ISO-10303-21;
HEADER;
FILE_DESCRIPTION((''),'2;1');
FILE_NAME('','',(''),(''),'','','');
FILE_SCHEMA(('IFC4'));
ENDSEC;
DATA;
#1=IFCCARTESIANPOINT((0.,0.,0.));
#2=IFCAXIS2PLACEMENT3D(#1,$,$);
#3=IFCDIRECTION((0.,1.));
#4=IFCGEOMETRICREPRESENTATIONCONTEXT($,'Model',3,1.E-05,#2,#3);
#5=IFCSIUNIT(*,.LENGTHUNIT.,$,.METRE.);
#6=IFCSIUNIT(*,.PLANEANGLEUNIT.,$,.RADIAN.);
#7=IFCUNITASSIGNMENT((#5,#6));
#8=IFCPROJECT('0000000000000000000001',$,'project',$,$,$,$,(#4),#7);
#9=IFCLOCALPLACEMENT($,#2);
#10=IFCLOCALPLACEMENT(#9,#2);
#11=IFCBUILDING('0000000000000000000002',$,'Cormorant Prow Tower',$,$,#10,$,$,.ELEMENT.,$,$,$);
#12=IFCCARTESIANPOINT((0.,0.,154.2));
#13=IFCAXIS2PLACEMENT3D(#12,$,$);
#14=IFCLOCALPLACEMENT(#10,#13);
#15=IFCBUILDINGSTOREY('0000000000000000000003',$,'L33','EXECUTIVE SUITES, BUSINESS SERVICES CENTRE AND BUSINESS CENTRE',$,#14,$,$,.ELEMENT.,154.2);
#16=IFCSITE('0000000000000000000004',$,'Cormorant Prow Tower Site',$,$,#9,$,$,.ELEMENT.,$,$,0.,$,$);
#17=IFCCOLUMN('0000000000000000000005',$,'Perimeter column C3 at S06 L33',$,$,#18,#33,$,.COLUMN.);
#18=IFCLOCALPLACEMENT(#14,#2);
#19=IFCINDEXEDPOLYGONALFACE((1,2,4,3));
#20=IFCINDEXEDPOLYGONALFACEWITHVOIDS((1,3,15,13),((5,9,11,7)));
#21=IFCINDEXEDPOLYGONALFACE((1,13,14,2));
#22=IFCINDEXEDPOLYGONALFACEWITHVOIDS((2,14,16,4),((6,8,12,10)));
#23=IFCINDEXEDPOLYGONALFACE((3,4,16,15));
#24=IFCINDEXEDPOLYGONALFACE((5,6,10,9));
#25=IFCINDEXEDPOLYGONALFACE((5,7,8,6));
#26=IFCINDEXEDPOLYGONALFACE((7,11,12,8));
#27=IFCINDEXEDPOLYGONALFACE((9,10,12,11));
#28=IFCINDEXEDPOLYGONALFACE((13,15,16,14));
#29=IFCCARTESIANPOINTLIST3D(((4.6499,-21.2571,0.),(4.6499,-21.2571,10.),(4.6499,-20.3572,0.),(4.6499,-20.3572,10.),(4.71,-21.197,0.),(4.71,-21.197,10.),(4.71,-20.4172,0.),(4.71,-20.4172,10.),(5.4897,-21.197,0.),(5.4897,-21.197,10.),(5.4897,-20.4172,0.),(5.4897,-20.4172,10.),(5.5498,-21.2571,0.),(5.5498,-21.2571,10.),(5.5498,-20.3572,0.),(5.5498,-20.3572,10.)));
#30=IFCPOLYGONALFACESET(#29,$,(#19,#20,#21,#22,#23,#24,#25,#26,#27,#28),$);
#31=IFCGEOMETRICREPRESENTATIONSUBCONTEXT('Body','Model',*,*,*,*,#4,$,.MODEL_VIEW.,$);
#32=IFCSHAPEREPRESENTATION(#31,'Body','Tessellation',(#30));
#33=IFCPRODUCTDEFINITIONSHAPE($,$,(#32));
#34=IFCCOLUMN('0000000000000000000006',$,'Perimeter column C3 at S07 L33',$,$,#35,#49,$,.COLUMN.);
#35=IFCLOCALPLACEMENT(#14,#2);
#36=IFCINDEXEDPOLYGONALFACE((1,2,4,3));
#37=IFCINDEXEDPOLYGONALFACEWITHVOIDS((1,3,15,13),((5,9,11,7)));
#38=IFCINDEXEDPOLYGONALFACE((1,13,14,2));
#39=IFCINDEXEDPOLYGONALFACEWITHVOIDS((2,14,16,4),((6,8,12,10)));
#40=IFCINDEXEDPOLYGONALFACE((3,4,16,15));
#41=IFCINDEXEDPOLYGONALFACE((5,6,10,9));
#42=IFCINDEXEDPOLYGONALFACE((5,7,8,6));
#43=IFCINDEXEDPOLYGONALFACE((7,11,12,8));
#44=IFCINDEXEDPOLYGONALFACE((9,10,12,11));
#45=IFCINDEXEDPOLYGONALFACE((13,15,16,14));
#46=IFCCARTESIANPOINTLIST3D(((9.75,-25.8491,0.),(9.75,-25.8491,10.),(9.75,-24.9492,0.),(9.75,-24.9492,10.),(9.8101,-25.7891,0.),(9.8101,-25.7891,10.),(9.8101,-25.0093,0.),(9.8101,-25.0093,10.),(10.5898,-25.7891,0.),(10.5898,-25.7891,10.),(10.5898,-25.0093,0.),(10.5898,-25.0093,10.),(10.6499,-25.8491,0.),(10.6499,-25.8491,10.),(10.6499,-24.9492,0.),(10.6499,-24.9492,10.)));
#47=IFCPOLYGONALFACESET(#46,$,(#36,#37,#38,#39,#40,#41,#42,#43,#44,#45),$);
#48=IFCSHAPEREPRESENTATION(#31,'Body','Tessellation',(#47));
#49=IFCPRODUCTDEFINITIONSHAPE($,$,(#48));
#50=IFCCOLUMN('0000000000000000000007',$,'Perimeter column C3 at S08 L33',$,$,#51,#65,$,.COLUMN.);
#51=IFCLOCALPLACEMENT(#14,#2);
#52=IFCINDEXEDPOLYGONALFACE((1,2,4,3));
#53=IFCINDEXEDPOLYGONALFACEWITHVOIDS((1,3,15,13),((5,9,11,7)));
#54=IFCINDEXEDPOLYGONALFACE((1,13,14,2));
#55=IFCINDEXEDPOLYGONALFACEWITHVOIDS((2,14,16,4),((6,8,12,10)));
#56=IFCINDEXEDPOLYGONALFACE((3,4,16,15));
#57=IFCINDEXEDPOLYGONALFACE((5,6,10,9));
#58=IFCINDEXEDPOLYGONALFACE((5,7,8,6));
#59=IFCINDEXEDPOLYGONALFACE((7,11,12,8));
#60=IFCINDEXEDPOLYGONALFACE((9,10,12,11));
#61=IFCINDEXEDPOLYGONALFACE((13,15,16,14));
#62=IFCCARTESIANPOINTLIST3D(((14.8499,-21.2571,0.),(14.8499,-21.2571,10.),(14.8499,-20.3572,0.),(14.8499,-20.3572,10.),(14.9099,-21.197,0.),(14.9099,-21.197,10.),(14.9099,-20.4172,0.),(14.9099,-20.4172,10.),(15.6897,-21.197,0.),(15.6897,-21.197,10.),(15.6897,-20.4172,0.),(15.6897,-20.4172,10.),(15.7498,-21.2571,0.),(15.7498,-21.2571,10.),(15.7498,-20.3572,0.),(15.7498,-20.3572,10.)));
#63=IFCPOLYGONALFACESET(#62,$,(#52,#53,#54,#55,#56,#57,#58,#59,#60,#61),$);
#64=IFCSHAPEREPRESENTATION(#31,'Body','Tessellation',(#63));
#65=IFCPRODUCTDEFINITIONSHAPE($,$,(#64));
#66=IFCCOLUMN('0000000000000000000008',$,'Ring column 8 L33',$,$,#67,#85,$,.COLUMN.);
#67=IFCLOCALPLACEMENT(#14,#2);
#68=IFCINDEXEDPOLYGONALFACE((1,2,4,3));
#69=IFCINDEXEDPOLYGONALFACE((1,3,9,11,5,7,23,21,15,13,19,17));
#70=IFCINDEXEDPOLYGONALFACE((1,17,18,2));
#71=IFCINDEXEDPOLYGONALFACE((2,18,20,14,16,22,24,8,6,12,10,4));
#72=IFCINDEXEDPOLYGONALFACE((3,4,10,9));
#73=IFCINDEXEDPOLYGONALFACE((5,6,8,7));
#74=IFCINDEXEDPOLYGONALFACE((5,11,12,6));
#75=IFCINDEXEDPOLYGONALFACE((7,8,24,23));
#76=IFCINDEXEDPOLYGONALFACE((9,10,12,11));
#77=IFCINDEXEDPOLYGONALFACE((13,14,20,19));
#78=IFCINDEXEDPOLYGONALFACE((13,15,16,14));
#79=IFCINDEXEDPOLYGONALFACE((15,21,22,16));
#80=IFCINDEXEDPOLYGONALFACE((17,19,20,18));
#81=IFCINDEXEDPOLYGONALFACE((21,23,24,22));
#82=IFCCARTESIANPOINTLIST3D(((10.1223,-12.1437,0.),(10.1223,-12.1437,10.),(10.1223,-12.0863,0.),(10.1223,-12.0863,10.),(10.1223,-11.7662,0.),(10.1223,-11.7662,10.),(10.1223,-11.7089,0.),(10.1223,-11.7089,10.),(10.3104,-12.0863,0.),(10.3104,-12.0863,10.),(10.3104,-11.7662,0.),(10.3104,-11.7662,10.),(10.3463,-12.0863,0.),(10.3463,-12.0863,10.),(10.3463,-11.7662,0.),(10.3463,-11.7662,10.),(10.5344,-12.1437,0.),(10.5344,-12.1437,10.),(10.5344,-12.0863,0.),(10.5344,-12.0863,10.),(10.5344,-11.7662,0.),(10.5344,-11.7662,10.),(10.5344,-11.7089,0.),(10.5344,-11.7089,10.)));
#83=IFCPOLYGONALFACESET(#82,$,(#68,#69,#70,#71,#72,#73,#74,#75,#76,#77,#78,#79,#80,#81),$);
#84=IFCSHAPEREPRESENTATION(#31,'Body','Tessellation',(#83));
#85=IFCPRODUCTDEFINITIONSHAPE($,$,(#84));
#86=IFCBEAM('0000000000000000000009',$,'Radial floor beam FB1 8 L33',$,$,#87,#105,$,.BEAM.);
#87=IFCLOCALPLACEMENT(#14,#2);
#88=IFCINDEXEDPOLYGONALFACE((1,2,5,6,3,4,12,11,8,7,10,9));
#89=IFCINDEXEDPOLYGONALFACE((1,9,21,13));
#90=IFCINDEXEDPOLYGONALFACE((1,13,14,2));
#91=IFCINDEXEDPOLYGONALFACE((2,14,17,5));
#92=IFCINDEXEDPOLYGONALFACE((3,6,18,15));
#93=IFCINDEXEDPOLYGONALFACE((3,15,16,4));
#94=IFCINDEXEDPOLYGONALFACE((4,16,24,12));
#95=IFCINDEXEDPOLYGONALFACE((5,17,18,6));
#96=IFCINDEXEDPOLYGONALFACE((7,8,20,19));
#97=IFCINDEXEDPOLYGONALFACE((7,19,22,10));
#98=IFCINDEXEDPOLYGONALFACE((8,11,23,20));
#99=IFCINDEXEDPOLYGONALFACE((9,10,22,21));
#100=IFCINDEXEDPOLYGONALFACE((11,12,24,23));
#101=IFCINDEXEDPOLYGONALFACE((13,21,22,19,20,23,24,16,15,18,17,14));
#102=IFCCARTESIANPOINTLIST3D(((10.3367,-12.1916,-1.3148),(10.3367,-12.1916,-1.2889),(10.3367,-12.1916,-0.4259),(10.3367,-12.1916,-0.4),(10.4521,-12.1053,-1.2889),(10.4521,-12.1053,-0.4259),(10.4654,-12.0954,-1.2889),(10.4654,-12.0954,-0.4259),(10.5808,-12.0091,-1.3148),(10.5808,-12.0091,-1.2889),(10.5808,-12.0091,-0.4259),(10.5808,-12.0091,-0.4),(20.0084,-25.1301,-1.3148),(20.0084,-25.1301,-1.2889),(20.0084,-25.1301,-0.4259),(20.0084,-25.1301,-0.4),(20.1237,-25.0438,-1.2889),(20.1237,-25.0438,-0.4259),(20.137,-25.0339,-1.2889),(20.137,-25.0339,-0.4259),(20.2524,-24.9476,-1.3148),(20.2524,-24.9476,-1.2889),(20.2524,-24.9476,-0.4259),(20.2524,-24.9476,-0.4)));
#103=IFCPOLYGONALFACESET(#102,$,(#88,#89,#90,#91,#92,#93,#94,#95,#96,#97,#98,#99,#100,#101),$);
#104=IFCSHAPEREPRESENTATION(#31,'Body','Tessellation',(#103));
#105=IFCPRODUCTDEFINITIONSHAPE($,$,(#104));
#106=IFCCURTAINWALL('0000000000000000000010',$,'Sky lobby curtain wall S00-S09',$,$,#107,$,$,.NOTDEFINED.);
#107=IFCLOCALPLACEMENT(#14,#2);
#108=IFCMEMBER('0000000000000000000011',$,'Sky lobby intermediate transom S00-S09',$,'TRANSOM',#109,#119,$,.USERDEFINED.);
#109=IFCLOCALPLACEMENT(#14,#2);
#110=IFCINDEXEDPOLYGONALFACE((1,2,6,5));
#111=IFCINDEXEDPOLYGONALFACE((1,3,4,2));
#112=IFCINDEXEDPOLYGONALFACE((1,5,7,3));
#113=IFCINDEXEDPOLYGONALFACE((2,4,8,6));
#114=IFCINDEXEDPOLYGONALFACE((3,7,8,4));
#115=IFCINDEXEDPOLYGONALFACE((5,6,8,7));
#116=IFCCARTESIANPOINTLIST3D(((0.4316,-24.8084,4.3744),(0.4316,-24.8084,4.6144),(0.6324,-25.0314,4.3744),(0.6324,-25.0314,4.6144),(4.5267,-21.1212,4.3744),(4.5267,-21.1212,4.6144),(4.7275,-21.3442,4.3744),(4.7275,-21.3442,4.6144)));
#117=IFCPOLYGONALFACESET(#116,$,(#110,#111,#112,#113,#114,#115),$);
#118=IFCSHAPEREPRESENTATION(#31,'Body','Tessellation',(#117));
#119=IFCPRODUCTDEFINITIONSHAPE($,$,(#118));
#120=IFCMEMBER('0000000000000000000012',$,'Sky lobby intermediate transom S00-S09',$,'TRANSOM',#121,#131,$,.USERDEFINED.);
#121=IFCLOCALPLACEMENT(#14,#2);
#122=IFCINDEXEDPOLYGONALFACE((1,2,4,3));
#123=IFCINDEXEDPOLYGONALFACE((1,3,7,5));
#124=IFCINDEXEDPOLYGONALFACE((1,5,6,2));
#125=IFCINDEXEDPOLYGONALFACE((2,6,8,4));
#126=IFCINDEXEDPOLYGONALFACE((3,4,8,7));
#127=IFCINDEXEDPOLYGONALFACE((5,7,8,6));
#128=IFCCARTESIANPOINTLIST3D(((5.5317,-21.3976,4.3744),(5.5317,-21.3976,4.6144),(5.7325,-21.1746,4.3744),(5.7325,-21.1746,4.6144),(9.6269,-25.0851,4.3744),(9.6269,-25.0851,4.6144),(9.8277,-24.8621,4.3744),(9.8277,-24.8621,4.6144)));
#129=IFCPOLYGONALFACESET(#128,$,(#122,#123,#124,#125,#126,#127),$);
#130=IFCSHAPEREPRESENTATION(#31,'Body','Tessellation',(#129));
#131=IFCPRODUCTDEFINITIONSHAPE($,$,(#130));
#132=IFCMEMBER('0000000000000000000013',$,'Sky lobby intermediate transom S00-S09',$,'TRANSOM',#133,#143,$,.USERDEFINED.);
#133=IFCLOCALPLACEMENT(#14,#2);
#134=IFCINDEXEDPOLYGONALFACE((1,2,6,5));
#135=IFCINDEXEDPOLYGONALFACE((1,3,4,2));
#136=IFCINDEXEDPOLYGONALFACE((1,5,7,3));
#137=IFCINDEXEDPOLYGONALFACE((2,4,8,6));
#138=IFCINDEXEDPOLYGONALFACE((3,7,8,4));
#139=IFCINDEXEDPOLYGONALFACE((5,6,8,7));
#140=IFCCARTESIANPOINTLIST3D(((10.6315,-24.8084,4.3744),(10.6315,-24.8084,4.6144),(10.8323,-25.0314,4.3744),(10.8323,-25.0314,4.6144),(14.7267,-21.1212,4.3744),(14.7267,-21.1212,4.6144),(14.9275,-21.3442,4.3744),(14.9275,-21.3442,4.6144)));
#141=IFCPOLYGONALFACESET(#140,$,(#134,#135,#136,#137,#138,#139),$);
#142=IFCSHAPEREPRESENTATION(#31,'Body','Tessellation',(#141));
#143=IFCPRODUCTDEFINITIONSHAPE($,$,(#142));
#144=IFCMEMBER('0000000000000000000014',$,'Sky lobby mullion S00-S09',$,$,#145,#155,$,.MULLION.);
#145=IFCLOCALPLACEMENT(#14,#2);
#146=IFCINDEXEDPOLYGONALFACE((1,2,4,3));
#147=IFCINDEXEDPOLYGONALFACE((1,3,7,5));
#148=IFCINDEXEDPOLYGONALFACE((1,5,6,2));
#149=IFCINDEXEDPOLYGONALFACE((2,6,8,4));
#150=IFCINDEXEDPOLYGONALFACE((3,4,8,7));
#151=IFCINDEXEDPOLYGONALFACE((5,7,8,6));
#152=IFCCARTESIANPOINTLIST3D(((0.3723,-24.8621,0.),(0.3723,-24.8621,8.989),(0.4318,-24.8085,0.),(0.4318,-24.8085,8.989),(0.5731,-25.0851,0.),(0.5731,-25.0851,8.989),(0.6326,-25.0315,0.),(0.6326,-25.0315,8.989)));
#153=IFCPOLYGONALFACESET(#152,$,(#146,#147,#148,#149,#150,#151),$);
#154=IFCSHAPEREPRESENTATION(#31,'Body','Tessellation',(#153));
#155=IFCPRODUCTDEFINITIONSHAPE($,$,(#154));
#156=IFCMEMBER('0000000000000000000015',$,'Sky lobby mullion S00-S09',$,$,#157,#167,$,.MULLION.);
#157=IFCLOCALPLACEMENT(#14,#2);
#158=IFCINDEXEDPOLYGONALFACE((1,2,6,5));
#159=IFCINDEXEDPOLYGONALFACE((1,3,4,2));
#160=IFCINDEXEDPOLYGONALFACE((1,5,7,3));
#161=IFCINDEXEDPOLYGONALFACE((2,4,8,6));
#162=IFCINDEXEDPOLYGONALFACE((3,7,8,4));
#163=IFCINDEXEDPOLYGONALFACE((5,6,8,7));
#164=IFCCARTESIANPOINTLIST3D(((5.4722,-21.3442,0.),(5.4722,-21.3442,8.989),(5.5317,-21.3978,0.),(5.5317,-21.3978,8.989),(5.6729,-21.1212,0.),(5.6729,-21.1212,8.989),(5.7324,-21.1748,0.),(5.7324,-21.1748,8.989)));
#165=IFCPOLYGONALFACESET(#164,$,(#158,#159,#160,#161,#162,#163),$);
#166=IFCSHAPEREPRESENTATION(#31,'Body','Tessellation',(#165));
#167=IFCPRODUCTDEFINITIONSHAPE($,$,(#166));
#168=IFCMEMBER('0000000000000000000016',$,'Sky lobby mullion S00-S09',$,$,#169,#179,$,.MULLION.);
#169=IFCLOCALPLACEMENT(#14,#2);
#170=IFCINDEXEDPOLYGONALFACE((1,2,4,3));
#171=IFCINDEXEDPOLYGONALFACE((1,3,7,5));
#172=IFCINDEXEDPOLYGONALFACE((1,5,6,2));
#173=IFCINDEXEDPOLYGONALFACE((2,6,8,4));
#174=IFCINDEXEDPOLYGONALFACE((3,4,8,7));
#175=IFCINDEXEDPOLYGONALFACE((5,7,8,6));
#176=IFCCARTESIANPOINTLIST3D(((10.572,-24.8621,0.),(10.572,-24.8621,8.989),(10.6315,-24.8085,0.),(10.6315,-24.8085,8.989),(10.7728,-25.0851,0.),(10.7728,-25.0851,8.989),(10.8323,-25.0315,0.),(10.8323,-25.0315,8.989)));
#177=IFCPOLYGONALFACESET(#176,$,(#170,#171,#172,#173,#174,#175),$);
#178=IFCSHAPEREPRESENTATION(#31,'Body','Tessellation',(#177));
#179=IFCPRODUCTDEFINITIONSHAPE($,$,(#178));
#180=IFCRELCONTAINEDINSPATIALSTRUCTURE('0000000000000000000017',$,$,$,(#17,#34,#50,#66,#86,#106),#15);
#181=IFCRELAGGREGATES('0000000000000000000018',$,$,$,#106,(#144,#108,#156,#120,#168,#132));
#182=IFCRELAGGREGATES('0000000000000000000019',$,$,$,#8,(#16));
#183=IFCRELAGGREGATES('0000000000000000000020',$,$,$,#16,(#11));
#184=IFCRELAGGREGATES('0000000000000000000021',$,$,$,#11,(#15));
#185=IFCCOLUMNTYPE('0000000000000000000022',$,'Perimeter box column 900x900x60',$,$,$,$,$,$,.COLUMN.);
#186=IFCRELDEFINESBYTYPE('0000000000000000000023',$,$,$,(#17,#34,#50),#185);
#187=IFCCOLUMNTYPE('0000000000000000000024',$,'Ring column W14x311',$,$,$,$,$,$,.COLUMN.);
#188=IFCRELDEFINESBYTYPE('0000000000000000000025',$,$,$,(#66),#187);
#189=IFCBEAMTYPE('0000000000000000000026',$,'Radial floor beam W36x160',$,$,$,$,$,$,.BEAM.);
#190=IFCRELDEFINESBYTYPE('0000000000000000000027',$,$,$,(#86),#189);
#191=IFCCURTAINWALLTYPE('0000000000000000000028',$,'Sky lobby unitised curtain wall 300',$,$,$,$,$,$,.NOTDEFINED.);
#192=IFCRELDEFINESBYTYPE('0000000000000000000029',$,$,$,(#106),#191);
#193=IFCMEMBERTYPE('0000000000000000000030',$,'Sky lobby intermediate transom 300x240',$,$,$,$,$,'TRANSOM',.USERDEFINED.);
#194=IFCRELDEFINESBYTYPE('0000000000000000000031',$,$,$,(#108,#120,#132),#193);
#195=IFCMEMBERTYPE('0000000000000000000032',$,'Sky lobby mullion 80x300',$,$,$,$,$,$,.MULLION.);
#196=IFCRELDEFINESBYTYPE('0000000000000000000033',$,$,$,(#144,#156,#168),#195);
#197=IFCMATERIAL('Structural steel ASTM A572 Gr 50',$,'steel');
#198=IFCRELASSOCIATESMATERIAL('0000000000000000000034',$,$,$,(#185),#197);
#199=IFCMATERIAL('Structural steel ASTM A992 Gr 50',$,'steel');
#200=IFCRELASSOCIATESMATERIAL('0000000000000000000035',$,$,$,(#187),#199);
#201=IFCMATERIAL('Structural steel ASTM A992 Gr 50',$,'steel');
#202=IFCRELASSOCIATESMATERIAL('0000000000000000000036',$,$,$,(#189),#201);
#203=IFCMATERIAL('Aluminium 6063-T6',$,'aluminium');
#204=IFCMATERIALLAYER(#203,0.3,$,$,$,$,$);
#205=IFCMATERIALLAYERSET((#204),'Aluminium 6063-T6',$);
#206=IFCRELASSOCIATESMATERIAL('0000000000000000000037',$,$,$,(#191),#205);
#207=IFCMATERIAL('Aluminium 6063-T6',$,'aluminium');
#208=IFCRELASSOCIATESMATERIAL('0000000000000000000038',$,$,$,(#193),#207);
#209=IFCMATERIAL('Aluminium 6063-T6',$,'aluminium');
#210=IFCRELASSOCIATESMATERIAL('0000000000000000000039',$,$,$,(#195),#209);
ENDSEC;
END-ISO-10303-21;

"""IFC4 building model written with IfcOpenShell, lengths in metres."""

from ifc_helpers import new_model, si_unit, direction, frame, origin, origin_2d, place, context, subcontext, project, spatial, rectangle, hollow_rectangle, i_section, extrude, material, layer, layer_set, material_profile, profile_set, type_object, element, aggregate, save


model = new_model("IFC4")

# Units and contexts
model_context = context("Model", 3, precision=1e-05, world=origin(), true_north=direction((0.0, 1.0)))
body_context = subcontext(model_context, "Body", "Model", "MODEL_VIEW")
ifc_project = project(units=[si_unit("LENGTHUNIT", "METRE"), si_unit("PLANEANGLEUNIT", "RADIAN")], contexts=[model_context])

# Site, building, storey
site_placement = place(None, origin())
site = spatial("IfcSite", under=ifc_project, at=site_placement, Name="Cormorant Prow Tower Site", CompositionType="ELEMENT", RefElevation=0.0)
building_placement = place(site_placement, origin())
building = spatial("IfcBuilding", under=site, at=building_placement, Name="Cormorant Prow Tower", CompositionType="ELEMENT")
storey_placement = place(building_placement, frame((0.0, 0.0, 154.2)))
storey = spatial("IfcBuildingStorey", under=building, at=storey_placement, Name="L33", Description="EXECUTIVE SUITES, BUSINESS SERVICES CENTRE AND BUSINESS CENTRE", CompositionType="ELEMENT", Elevation=154.2)

# Columns
ifc_material_1 = material(Name="Structural steel ASTM A572 Gr 50", Category="steel")
ifc_material_profile_1 = material_profile(ifc_material_1, hollow_rectangle(XDim=0.8999, YDim=0.8999, WallThickness=0.0601, at=origin_2d()), Name="Box 900x900x60")
ifc_profile_set_1 = profile_set([ifc_material_profile_1], Name="Structural steel ASTM A572 Gr 50")
column_type_1 = type_object("IfcColumnType", Name="Perimeter box column 900x900x60", PredefinedType="COLUMN", material=ifc_profile_set_1)
for number, where, z_axis, x_axis, name in (
    (1, (5.0999, -20.8071, 0.0), (0.0, 0.0, 1.0), (1.0, 0.0, 0.0), "Perimeter column C3 at S06 L33"),
    (2, (10.2, -25.3992, 0.0), (0.0, 0.0, 1.0), (1.0, 0.0, 0.0), "Perimeter column C3 at S07 L33"),
    (3, (15.2998, -20.8071, 0.0), (0.0, 0.0, 1.0), (1.0, 0.0, 0.0), "Perimeter column C3 at S08 L33"),
):
    element("IfcColumn", number, at=place(storey_placement, frame(where, z_axis=z_axis, x_axis=x_axis)), inside=storey, type_object=column_type_1, Name=name, PredefinedType="COLUMN", context=body_context, shape_type="SweptSolid", body=[
        extrude(hollow_rectangle(XDim=0.8999, YDim=0.8999, WallThickness=0.0601, at=origin_2d()), origin(), (0.0, 0.0, 1.0), 10.0),
    ])
ifc_material_2 = material(Name="Structural steel ASTM A992 Gr 50", Category="steel")
ifc_material_profile_2 = material_profile(ifc_material_2, i_section(OverallWidth=0.4121, OverallDepth=0.4348, WebThickness=0.0359, FlangeThickness=0.0574, at=origin_2d()), Name="W14x311")
ifc_profile_set_2 = profile_set([ifc_material_profile_2], Name="Structural steel ASTM A992 Gr 50")
column_type_2 = type_object("IfcColumnType", Name="Ring column W14x311", PredefinedType="COLUMN", material=ifc_profile_set_2)
column_placement = place(storey_placement, frame((10.3284, -11.9263, 0.0), z_axis=(0.0, 0.0, 1.0), x_axis=(1.0, 0.0, 0.0)))
element("IfcColumn", 4, at=column_placement, inside=storey, type_object=column_type_2, Name="Ring column 8 L33", PredefinedType="COLUMN", context=body_context, shape_type="SweptSolid", body=[
    extrude(i_section(OverallWidth=0.4121, OverallDepth=0.4348, WebThickness=0.0359, FlangeThickness=0.0574, at=origin_2d()), origin(), (0.0, 0.0, 1.0), 10.0),
])

# Beam
ifc_material_3 = material(Name="Structural steel ASTM A992 Gr 50", Category="steel")
ifc_material_profile_3 = material_profile(ifc_material_3, i_section(OverallWidth=0.3047, OverallDepth=0.9148, WebThickness=0.0166, FlangeThickness=0.0259, at=origin_2d()), Name="W36x160")
ifc_profile_set_3 = profile_set([ifc_material_profile_3], Name="Structural steel ASTM A992 Gr 50")
beam_type_1 = type_object("IfcBeamType", Name="Radial floor beam W36x160", PredefinedType="BEAM", material=ifc_profile_set_3)
beam_placement = place(storey_placement, frame((10.4587, -12.1003, -0.8574), z_axis=(0.598722, -0.800957, 0.0), x_axis=(0.800957, 0.598722, 0.0)))
element("IfcBeam", 5, at=beam_placement, inside=storey, type_object=beam_type_1, Name="Radial floor beam FB1 8 L33", PredefinedType="BEAM", context=body_context, shape_type="SweptSolid", body=[
    extrude(i_section(OverallWidth=0.3047, OverallDepth=0.9148, WebThickness=0.0166, FlangeThickness=0.0259, at=origin_2d()), origin(), (0.0, 0.0, 1.0), 16.1538),
])

# Curtain wall, members
ifc_material_4 = material(Name="Aluminium 6063-T6", Category="aluminium")
ifc_layer_1 = layer(ifc_material_4, 0.3)
ifc_layer_set_1 = layer_set([ifc_layer_1], Name="Aluminium 6063-T6")
curtain_wall_type = type_object("IfcCurtainWallType", Name="Sky lobby unitised curtain wall 300", PredefinedType="NOTDEFINED", material=ifc_layer_set_1)
curtain_wall_placement = place(storey_placement, origin())
curtain_wall = element("IfcCurtainWall", 6, at=curtain_wall_placement, inside=storey, type_object=curtain_wall_type, Name="Sky lobby curtain wall S00-S09", PredefinedType="NOTDEFINED")
ifc_material_5 = material(Name="Aluminium 6063-T6", Category="aluminium")
ifc_material_profile_4 = material_profile(ifc_material_5, rectangle(XDim=0.3, YDim=0.24, at=origin_2d()), Name="Sky lobby intermediate transom 300x240")
ifc_profile_set_4 = profile_set([ifc_material_profile_4], Name="Aluminium 6063-T6")
member_type_1 = type_object("IfcMemberType", Name="Sky lobby intermediate transom 300x240", ElementType="TRANSOM", PredefinedType="USERDEFINED", material=ifc_profile_set_4)
member_1_placement = place(storey_placement, frame((0.532, -24.9199, 4.4944), z_axis=(0.743153, 0.669121, 0.0), x_axis=(-0.669121, 0.743153, 0.0)))
member_1 = element("IfcMember", 7, at=member_1_placement, type_object=member_type_1, Name="Sky lobby intermediate transom S00-S09", ObjectType="TRANSOM", PredefinedType="USERDEFINED", context=body_context, shape_type="SweptSolid", body=[
    extrude(rectangle(XDim=0.3, YDim=0.24, at=origin_2d()), origin(), (0.0, 0.0, 1.0), 5.5105),
])
member_2_placement = place(storey_placement, frame((5.6321, -21.2861, 4.4944), z_axis=(0.743131, -0.669146, 0.0), x_axis=(0.669146, 0.743131, 0.0)))
member_2 = element("IfcMember", 8, at=member_2_placement, type_object=member_type_1, Name="Sky lobby intermediate transom S00-S09", ObjectType="TRANSOM", PredefinedType="USERDEFINED", context=body_context, shape_type="SweptSolid", body=[
    extrude(rectangle(XDim=0.3, YDim=0.24, at=origin_2d()), origin(), (0.0, 0.0, 1.0), 5.5107),
])
member_3_placement = place(storey_placement, frame((10.7319, -24.9199, 4.4944), z_axis=(0.743153, 0.669121, 0.0), x_axis=(-0.669121, 0.743153, 0.0)))
member_3 = element("IfcMember", 9, at=member_3_placement, type_object=member_type_1, Name="Sky lobby intermediate transom S00-S09", ObjectType="TRANSOM", PredefinedType="USERDEFINED", context=body_context, shape_type="SweptSolid", body=[
    extrude(rectangle(XDim=0.3, YDim=0.24, at=origin_2d()), origin(), (0.0, 0.0, 1.0), 5.5105),
])
ifc_material_6 = material(Name="Aluminium 6063-T6", Category="aluminium")
ifc_material_profile_5 = material_profile(ifc_material_6, rectangle(XDim=0.3, YDim=0.0801, at=origin_2d()), Name="Sky lobby mullion 80x300")
ifc_profile_set_5 = profile_set([ifc_material_profile_5], Name="Aluminium 6063-T6")
member_type_2 = type_object("IfcMemberType", Name="Sky lobby mullion 80x300", PredefinedType="MULLION", material=ifc_profile_set_5)
member_4_placement = place(storey_placement, frame((0.5024, -24.9468, 0.0), z_axis=(0.0, 0.0, 1.0), x_axis=(-0.669131, 0.743145, 0.0)))
member_4 = element("IfcMember", 10, at=member_4_placement, type_object=member_type_2, Name="Sky lobby mullion S00-S09", PredefinedType="MULLION", context=body_context, shape_type="SweptSolid", body=[
    extrude(rectangle(XDim=0.3, YDim=0.0801, at=origin_2d()), origin(), (0.0, 0.0, 1.0), 8.989),
])
member_5_placement = place(storey_placement, frame((5.6023, -21.2595, 0.0), z_axis=(0.0, 0.0, 1.0), x_axis=(0.669131, 0.743145, 0.0)))
member_5 = element("IfcMember", 11, at=member_5_placement, type_object=member_type_2, Name="Sky lobby mullion S00-S09", PredefinedType="MULLION", context=body_context, shape_type="SweptSolid", body=[
    extrude(rectangle(XDim=0.3, YDim=0.0801, at=origin_2d()), origin(), (0.0, 0.0, 1.0), 8.989),
])
member_6_placement = place(storey_placement, frame((10.7021, -24.9468, 0.0), z_axis=(0.0, 0.0, 1.0), x_axis=(-0.669131, 0.743145, 0.0)))
member_6 = element("IfcMember", 12, at=member_6_placement, type_object=member_type_2, Name="Sky lobby mullion S00-S09", PredefinedType="MULLION", context=body_context, shape_type="SweptSolid", body=[
    extrude(rectangle(XDim=0.3, YDim=0.0801, at=origin_2d()), origin(), (0.0, 0.0, 1.0), 8.989),
])

aggregate(curtain_wall, [member_4, member_1, member_5, member_2, member_6, member_3])

save(model, "model.ifc")
